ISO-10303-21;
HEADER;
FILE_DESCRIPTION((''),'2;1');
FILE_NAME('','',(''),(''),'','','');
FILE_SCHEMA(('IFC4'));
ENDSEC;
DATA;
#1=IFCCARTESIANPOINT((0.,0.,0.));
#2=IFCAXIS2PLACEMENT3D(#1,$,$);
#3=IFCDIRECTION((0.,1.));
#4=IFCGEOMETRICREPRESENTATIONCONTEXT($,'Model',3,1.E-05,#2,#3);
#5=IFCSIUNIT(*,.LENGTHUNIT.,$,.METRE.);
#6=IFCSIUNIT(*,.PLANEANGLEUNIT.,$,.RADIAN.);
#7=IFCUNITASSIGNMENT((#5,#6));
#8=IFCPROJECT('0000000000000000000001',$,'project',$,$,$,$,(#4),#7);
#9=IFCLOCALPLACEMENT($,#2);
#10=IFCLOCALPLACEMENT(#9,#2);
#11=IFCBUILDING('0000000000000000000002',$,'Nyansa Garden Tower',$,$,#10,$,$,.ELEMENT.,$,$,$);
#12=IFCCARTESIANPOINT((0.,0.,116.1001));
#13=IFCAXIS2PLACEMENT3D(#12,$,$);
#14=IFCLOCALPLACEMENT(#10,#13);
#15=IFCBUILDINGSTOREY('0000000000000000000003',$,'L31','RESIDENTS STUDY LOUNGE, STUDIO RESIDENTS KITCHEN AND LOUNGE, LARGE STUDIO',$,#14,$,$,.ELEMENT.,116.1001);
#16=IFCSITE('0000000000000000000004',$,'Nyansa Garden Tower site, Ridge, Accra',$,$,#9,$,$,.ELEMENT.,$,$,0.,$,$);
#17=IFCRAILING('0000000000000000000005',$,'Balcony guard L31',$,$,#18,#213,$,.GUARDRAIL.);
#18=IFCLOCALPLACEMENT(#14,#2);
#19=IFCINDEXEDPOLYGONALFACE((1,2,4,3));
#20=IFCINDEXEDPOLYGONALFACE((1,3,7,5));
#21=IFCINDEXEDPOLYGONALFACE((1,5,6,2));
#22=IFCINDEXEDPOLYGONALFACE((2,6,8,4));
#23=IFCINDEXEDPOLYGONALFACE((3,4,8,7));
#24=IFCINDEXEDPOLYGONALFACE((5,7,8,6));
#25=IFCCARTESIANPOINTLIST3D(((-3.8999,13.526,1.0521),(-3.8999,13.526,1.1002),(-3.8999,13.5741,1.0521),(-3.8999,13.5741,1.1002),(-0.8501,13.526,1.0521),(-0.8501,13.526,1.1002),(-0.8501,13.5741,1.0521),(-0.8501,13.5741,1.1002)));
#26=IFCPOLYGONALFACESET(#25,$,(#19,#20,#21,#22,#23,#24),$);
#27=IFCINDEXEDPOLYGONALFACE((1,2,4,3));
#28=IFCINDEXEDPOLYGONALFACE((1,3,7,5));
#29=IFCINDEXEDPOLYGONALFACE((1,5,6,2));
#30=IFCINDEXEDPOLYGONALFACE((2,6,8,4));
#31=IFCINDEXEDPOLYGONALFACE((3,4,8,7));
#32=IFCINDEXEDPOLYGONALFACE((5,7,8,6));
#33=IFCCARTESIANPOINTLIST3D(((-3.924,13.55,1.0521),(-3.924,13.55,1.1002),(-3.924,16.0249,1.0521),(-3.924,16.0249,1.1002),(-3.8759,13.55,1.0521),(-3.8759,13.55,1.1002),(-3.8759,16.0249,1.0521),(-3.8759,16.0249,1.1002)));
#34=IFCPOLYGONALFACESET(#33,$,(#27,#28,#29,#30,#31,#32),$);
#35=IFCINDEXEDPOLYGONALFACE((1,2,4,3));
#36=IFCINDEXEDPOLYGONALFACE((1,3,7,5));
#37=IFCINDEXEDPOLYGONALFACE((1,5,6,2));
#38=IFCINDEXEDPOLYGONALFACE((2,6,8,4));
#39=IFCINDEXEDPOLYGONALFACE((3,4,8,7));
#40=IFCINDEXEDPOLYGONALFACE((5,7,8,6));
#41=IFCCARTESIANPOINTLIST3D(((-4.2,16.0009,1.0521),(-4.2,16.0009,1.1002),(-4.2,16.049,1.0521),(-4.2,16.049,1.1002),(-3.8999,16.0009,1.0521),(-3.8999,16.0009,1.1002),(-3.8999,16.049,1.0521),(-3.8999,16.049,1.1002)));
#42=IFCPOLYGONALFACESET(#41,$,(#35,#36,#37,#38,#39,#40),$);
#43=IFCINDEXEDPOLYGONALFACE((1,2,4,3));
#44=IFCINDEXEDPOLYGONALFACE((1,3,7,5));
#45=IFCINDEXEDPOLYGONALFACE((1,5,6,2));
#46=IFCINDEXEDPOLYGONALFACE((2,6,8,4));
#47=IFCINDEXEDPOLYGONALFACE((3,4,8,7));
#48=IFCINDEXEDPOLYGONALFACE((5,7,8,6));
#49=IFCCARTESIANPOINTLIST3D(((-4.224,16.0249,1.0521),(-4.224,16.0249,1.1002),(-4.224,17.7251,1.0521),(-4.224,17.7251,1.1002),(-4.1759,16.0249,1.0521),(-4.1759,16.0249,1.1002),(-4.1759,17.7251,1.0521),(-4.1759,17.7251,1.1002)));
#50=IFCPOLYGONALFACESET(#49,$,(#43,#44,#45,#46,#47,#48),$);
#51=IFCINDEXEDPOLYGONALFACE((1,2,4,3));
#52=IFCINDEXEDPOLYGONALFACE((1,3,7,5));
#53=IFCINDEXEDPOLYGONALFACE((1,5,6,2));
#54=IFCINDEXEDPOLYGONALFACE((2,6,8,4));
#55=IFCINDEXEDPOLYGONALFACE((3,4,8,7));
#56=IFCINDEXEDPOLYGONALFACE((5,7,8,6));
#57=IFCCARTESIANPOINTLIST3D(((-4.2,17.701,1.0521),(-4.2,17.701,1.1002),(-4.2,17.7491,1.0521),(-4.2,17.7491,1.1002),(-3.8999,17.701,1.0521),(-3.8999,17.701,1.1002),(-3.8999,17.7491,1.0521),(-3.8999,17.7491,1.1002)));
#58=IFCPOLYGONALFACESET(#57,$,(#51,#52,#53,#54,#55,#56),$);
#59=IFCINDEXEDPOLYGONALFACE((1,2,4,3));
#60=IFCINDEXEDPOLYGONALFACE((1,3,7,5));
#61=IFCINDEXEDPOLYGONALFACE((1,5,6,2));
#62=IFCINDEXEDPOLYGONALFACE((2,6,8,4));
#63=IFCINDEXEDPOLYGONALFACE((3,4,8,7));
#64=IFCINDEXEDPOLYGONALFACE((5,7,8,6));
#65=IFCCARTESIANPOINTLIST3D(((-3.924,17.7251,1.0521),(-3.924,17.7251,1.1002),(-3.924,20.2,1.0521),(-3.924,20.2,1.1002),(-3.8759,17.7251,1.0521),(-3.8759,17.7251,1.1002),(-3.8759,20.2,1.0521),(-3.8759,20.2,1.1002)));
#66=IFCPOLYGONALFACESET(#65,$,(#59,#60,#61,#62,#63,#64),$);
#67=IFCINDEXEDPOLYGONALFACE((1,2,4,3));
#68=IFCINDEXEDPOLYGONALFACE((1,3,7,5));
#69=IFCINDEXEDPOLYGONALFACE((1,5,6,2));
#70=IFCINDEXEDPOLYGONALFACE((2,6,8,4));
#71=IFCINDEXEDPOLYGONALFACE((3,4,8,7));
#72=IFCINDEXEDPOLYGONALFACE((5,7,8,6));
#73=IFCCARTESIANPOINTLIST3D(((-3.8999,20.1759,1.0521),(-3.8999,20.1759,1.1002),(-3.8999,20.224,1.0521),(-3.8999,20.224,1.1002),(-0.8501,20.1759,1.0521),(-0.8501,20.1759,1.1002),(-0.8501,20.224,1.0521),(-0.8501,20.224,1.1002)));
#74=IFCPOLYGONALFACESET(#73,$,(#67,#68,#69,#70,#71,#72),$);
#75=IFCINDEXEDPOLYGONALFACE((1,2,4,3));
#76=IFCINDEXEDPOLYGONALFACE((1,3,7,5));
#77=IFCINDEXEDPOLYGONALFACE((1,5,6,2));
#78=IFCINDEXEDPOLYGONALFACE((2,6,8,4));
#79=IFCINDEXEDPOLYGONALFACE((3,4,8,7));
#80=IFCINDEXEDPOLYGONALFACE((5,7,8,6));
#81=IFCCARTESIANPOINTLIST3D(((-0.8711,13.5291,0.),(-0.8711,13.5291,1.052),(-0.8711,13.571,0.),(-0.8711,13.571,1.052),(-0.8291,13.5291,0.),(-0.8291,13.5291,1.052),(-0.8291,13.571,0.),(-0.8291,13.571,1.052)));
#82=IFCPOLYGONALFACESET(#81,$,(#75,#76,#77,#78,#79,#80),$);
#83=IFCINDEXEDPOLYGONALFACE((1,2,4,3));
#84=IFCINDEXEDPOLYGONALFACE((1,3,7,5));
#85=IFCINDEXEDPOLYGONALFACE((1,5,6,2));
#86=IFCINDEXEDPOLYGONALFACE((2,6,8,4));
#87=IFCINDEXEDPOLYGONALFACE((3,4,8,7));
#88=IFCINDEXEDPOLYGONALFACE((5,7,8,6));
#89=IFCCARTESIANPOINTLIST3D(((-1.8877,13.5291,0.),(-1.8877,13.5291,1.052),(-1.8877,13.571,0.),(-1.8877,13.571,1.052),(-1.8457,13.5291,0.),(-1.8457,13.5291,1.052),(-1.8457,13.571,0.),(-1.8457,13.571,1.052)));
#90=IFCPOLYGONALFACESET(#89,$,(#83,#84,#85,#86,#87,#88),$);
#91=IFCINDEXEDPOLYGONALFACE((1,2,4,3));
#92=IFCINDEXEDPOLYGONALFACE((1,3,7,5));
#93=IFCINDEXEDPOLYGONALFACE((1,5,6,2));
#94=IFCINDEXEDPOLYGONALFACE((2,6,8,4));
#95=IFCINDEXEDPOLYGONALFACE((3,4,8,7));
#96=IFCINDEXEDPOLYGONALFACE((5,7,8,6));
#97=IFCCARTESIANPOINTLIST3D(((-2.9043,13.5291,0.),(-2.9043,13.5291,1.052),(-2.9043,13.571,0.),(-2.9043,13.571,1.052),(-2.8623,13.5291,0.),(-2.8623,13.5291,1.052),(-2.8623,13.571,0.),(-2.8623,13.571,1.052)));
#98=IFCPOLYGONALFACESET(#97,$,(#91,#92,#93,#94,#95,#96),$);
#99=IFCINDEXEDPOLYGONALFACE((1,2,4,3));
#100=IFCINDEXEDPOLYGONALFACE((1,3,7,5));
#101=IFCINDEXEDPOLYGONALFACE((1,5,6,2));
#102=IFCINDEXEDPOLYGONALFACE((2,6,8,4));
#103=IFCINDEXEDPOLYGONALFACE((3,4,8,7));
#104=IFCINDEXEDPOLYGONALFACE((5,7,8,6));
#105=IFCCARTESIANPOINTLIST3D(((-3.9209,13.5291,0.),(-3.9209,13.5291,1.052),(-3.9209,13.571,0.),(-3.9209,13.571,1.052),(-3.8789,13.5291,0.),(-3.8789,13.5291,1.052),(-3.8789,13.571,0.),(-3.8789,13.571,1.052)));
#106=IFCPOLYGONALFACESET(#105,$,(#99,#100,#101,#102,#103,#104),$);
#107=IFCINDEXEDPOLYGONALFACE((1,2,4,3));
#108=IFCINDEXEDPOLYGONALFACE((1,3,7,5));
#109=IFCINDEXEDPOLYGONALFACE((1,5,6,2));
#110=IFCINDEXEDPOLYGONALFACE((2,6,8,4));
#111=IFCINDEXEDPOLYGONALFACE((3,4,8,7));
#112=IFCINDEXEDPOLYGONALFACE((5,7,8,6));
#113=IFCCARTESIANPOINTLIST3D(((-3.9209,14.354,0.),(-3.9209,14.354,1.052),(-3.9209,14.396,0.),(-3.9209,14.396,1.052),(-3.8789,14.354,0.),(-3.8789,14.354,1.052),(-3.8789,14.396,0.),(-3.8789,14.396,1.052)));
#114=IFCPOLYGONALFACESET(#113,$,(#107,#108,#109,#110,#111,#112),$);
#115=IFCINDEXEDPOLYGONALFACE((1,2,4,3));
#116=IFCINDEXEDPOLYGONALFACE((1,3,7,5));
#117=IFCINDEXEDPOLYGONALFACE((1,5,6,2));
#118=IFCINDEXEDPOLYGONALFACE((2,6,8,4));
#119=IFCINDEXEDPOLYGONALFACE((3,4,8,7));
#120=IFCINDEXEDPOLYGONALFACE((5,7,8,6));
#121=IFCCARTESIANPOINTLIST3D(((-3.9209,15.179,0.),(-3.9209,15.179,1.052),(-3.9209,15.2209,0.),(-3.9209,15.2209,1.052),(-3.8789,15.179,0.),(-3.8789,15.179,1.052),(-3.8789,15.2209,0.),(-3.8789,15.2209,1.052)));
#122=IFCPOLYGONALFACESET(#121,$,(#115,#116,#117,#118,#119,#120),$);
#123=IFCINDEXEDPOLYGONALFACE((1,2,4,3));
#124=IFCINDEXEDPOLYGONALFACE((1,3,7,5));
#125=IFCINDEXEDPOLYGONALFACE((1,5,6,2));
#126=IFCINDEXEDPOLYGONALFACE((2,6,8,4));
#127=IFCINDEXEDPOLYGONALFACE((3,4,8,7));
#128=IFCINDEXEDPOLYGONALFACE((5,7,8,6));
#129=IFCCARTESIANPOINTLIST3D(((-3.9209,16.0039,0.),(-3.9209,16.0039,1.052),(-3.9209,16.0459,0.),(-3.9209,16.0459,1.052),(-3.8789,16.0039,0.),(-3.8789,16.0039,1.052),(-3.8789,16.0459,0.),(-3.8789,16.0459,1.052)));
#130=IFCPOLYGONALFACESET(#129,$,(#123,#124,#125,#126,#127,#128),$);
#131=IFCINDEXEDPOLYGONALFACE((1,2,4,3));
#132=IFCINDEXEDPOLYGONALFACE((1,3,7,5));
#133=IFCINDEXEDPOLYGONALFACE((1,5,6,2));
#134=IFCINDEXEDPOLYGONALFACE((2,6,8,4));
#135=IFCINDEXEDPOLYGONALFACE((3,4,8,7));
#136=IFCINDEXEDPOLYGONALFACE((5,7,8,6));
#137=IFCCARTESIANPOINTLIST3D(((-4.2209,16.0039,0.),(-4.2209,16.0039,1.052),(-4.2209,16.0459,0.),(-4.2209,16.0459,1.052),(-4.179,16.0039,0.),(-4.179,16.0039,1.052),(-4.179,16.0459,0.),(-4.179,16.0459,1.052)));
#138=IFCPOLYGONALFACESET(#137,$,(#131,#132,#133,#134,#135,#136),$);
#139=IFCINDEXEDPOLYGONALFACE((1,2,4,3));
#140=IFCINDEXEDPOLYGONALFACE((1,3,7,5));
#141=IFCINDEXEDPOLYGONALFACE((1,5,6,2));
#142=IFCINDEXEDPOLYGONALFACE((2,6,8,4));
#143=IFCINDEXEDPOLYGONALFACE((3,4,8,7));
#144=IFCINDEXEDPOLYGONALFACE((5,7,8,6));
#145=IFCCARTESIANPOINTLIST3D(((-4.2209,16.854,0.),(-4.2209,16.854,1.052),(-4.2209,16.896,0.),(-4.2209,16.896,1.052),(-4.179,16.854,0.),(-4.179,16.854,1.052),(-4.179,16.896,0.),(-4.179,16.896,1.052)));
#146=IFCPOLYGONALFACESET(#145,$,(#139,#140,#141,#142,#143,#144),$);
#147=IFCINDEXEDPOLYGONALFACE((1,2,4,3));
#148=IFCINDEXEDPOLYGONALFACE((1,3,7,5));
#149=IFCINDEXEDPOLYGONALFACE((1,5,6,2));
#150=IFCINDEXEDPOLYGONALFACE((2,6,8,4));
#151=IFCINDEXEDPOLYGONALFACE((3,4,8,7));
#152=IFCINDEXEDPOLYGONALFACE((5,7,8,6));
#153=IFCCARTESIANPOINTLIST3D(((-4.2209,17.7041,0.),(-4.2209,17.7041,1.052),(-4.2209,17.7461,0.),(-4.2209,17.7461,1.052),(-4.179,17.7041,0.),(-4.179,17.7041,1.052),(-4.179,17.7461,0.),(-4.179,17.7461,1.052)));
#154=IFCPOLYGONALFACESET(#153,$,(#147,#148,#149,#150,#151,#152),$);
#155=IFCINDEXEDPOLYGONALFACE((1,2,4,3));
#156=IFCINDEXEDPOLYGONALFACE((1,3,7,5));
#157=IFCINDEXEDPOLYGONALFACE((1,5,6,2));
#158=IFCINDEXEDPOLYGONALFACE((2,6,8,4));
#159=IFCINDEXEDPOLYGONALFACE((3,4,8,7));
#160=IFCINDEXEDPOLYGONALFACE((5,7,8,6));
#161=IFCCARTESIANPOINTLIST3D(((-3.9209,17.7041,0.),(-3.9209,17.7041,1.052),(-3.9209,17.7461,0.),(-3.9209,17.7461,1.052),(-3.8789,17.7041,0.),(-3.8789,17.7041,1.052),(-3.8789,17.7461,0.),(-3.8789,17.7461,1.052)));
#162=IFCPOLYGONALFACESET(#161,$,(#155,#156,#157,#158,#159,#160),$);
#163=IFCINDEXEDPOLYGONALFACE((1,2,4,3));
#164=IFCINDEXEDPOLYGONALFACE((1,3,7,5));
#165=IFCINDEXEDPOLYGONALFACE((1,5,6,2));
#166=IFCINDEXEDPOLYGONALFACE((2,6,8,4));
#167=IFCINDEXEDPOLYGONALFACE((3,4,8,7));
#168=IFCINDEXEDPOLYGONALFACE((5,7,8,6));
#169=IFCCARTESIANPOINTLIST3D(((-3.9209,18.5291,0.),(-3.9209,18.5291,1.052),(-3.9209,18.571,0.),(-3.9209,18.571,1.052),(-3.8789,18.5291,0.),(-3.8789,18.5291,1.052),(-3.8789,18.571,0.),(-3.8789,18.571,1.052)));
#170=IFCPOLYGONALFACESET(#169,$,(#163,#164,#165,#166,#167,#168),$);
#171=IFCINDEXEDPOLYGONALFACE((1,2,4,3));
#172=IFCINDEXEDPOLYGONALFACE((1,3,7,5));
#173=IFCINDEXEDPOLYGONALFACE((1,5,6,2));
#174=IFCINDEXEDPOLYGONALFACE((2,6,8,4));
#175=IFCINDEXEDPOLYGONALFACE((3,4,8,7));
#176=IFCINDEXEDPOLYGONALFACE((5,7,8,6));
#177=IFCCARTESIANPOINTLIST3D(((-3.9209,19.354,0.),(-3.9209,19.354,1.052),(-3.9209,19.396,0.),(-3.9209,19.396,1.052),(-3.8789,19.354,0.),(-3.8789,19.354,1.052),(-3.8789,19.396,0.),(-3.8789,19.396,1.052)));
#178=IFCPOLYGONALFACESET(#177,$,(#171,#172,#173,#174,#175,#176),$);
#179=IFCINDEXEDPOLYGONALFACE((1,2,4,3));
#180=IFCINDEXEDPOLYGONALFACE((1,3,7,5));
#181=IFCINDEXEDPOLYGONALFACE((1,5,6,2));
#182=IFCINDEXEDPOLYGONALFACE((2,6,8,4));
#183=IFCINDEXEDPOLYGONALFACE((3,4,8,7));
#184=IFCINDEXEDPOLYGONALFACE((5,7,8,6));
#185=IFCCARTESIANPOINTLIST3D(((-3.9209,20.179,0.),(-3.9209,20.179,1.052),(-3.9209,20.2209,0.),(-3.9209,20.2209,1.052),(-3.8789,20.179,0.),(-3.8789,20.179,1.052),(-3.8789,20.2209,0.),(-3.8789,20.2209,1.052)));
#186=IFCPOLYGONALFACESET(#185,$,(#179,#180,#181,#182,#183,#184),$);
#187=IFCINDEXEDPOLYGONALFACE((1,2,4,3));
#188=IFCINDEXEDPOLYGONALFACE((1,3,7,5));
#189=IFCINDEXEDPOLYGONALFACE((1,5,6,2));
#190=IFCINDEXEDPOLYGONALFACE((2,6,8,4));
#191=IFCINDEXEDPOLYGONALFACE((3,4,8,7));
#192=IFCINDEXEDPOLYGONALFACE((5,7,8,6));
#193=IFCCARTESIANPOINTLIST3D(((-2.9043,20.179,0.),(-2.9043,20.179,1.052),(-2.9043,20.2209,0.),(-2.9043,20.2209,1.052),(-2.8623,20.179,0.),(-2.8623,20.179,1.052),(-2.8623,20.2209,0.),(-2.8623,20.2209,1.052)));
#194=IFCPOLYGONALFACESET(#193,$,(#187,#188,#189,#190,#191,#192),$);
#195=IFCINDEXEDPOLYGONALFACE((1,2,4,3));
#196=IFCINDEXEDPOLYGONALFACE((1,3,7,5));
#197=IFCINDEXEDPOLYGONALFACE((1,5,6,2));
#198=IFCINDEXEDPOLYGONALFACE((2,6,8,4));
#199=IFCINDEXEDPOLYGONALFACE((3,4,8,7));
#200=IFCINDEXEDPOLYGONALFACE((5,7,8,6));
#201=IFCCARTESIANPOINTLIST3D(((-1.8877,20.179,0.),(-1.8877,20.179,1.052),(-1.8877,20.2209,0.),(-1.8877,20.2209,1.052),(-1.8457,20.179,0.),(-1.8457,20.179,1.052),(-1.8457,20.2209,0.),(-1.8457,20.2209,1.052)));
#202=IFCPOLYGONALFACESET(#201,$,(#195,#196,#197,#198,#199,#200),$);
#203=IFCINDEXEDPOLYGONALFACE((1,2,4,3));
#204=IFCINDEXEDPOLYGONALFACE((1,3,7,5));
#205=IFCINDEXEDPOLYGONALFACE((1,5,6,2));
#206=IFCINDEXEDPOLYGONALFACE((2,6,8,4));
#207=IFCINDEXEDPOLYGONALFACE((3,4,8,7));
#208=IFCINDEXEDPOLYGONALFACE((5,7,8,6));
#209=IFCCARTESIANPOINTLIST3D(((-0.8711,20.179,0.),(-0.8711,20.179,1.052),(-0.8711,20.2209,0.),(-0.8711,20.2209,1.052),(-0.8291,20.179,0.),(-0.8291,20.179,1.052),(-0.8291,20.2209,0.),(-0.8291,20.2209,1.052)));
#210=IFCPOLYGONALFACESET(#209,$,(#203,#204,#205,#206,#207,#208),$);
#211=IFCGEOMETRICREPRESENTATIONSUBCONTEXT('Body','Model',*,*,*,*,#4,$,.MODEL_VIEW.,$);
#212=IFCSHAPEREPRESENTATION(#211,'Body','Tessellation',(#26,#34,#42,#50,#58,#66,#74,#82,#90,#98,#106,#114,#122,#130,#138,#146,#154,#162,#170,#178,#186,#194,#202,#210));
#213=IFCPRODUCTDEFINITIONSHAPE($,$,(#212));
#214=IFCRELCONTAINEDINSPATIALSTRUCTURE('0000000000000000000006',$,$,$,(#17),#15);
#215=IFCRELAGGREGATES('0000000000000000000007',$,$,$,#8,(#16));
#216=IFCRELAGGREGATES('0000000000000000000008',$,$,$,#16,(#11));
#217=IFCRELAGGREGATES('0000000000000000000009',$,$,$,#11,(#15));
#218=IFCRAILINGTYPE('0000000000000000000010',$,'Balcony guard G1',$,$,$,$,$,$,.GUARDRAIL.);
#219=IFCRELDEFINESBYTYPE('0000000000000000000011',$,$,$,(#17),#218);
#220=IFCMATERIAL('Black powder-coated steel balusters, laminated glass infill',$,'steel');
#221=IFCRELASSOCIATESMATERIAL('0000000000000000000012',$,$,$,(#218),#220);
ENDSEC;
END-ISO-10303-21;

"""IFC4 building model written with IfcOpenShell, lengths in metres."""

from ifc_helpers import new_model, si_unit, direction, frame, origin, origin_2d, place, context, subcontext, project, spatial, rectangle, extrude, material, type_object, element, save


model = new_model("IFC4")

# Units and contexts
model_context = context("Model", 3, precision=1e-05, world=origin(), true_north=direction((0.0, 1.0)))
body_context = subcontext(model_context, "Body", "Model", "MODEL_VIEW")
ifc_project = project(units=[si_unit("LENGTHUNIT", "METRE"), si_unit("PLANEANGLEUNIT", "RADIAN")], contexts=[model_context])

# Site, building, storey
site_placement = place(None, origin())
site = spatial("IfcSite", under=ifc_project, at=site_placement, Name="Nyansa Garden Tower site, Ridge, Accra", CompositionType="ELEMENT", RefElevation=0.0)
building_placement = place(site_placement, origin())
building = spatial("IfcBuilding", under=site, at=building_placement, Name="Nyansa Garden Tower", CompositionType="ELEMENT")
storey_placement = place(building_placement, frame((0.0, 0.0, 116.1001)))
storey = spatial("IfcBuildingStorey", under=building, at=storey_placement, Name="L31", Description="RESIDENTS STUDY LOUNGE, STUDIO RESIDENTS KITCHEN AND LOUNGE, LARGE STUDIO", CompositionType="ELEMENT", Elevation=116.1001)

# Railing
ifc_material_1 = material(Name="Black powder-coated steel balusters, laminated glass infill", Category="steel")
railing_type = type_object("IfcRailingType", Name="Balcony guard G1", PredefinedType="GUARDRAIL", material=ifc_material_1)
railing_placement = place(storey_placement, frame((-0.8501, 13.55, 0.0)))
element("IfcRailing", 1, at=railing_placement, inside=storey, type_object=railing_type, Name="Balcony guard L31", PredefinedType="GUARDRAIL", context=body_context, shape_type="SweptSolid", body=[
    extrude(rectangle(XDim=0.0481, YDim=0.0481, at=origin_2d()), frame((0.0, 0.0, 1.0762), z_axis=(-1.0, 0.0, 0.0), x_axis=(0.0, -1.0, 0.0)), (0.0, 0.0, 1.0), 3.0498),
    extrude(rectangle(XDim=0.0481, YDim=0.0481, at=origin_2d()), frame((-3.0498, 0.0, 1.0762), z_axis=(0.0, 1.0, 0.0), x_axis=(-1.0, 0.0, 0.0)), (0.0, 0.0, 1.0), 2.4749),
    extrude(rectangle(XDim=0.0481, YDim=0.0481, at=origin_2d()), frame((-3.0498, 2.4749, 1.0762), z_axis=(-1.0, 0.0, 0.0), x_axis=(0.0, -1.0, 0.0)), (0.0, 0.0, 1.0), 0.3),
    extrude(rectangle(XDim=0.0481, YDim=0.0481, at=origin_2d()), frame((-3.3499, 2.4749, 1.0762), z_axis=(0.0, 1.0, 0.0), x_axis=(-1.0, 0.0, 0.0)), (0.0, 0.0, 1.0), 1.7002),
    extrude(rectangle(XDim=0.0481, YDim=0.0481, at=origin_2d()), frame((-3.3499, 4.175, 1.0762), z_axis=(1.0, 0.0, 0.0), x_axis=(0.0, 1.0, 0.0)), (0.0, 0.0, 1.0), 0.3),
    extrude(rectangle(XDim=0.0481, YDim=0.0481, at=origin_2d()), frame((-3.0498, 4.175, 1.0762), z_axis=(0.0, 1.0, 0.0), x_axis=(-1.0, 0.0, 0.0)), (0.0, 0.0, 1.0), 2.4749),
    extrude(rectangle(XDim=0.0481, YDim=0.0481, at=origin_2d()), frame((-3.0498, 6.6499, 1.0762), z_axis=(1.0, 0.0, 0.0), x_axis=(0.0, 1.0, 0.0)), (0.0, 0.0, 1.0), 3.0498),
    extrude(rectangle(XDim=0.042, YDim=0.042, at=origin_2d()), origin(), (0.0, 0.0, 1.0), 1.052),
    extrude(rectangle(XDim=0.042, YDim=0.042, at=origin_2d()), frame((-1.0166, 0.0, 0.0)), (0.0, 0.0, 1.0), 1.052),
    extrude(rectangle(XDim=0.042, YDim=0.042, at=origin_2d()), frame((-2.0332, 0.0, 0.0)), (0.0, 0.0, 1.0), 1.052),
    extrude(rectangle(XDim=0.042, YDim=0.042, at=origin_2d()), frame((-3.0498, 0.0, 0.0)), (0.0, 0.0, 1.0), 1.052),
    extrude(rectangle(XDim=0.042, YDim=0.042, at=origin_2d()), frame((-3.0498, 0.825, 0.0)), (0.0, 0.0, 1.0), 1.052),
    extrude(rectangle(XDim=0.042, YDim=0.042, at=origin_2d()), frame((-3.0498, 1.6499, 0.0)), (0.0, 0.0, 1.0), 1.052),
    extrude(rectangle(XDim=0.042, YDim=0.042, at=origin_2d()), frame((-3.0498, 2.4749, 0.0)), (0.0, 0.0, 1.0), 1.052),
    extrude(rectangle(XDim=0.042, YDim=0.042, at=origin_2d()), frame((-3.3499, 2.4749, 0.0)), (0.0, 0.0, 1.0), 1.052),
    extrude(rectangle(XDim=0.042, YDim=0.042, at=origin_2d()), frame((-3.3499, 3.325, 0.0)), (0.0, 0.0, 1.0), 1.052),
    extrude(rectangle(XDim=0.042, YDim=0.042, at=origin_2d()), frame((-3.3499, 4.175, 0.0)), (0.0, 0.0, 1.0), 1.052),
    extrude(rectangle(XDim=0.042, YDim=0.042, at=origin_2d()), frame((-3.0498, 4.175, 0.0)), (0.0, 0.0, 1.0), 1.052),
    extrude(rectangle(XDim=0.042, YDim=0.042, at=origin_2d()), frame((-3.0498, 5.0, 0.0)), (0.0, 0.0, 1.0), 1.052),
    extrude(rectangle(XDim=0.042, YDim=0.042, at=origin_2d()), frame((-3.0498, 5.825, 0.0)), (0.0, 0.0, 1.0), 1.052),
    extrude(rectangle(XDim=0.042, YDim=0.042, at=origin_2d()), frame((-3.0498, 6.6499, 0.0)), (0.0, 0.0, 1.0), 1.052),
    extrude(rectangle(XDim=0.042, YDim=0.042, at=origin_2d()), frame((-2.0332, 6.6499, 0.0)), (0.0, 0.0, 1.0), 1.052),
    extrude(rectangle(XDim=0.042, YDim=0.042, at=origin_2d()), frame((-1.0166, 6.6499, 0.0)), (0.0, 0.0, 1.0), 1.052),
    extrude(rectangle(XDim=0.042, YDim=0.042, at=origin_2d()), frame((0.0, 6.6499, 0.0)), (0.0, 0.0, 1.0), 1.052),
])

save(model, "model.ifc")
